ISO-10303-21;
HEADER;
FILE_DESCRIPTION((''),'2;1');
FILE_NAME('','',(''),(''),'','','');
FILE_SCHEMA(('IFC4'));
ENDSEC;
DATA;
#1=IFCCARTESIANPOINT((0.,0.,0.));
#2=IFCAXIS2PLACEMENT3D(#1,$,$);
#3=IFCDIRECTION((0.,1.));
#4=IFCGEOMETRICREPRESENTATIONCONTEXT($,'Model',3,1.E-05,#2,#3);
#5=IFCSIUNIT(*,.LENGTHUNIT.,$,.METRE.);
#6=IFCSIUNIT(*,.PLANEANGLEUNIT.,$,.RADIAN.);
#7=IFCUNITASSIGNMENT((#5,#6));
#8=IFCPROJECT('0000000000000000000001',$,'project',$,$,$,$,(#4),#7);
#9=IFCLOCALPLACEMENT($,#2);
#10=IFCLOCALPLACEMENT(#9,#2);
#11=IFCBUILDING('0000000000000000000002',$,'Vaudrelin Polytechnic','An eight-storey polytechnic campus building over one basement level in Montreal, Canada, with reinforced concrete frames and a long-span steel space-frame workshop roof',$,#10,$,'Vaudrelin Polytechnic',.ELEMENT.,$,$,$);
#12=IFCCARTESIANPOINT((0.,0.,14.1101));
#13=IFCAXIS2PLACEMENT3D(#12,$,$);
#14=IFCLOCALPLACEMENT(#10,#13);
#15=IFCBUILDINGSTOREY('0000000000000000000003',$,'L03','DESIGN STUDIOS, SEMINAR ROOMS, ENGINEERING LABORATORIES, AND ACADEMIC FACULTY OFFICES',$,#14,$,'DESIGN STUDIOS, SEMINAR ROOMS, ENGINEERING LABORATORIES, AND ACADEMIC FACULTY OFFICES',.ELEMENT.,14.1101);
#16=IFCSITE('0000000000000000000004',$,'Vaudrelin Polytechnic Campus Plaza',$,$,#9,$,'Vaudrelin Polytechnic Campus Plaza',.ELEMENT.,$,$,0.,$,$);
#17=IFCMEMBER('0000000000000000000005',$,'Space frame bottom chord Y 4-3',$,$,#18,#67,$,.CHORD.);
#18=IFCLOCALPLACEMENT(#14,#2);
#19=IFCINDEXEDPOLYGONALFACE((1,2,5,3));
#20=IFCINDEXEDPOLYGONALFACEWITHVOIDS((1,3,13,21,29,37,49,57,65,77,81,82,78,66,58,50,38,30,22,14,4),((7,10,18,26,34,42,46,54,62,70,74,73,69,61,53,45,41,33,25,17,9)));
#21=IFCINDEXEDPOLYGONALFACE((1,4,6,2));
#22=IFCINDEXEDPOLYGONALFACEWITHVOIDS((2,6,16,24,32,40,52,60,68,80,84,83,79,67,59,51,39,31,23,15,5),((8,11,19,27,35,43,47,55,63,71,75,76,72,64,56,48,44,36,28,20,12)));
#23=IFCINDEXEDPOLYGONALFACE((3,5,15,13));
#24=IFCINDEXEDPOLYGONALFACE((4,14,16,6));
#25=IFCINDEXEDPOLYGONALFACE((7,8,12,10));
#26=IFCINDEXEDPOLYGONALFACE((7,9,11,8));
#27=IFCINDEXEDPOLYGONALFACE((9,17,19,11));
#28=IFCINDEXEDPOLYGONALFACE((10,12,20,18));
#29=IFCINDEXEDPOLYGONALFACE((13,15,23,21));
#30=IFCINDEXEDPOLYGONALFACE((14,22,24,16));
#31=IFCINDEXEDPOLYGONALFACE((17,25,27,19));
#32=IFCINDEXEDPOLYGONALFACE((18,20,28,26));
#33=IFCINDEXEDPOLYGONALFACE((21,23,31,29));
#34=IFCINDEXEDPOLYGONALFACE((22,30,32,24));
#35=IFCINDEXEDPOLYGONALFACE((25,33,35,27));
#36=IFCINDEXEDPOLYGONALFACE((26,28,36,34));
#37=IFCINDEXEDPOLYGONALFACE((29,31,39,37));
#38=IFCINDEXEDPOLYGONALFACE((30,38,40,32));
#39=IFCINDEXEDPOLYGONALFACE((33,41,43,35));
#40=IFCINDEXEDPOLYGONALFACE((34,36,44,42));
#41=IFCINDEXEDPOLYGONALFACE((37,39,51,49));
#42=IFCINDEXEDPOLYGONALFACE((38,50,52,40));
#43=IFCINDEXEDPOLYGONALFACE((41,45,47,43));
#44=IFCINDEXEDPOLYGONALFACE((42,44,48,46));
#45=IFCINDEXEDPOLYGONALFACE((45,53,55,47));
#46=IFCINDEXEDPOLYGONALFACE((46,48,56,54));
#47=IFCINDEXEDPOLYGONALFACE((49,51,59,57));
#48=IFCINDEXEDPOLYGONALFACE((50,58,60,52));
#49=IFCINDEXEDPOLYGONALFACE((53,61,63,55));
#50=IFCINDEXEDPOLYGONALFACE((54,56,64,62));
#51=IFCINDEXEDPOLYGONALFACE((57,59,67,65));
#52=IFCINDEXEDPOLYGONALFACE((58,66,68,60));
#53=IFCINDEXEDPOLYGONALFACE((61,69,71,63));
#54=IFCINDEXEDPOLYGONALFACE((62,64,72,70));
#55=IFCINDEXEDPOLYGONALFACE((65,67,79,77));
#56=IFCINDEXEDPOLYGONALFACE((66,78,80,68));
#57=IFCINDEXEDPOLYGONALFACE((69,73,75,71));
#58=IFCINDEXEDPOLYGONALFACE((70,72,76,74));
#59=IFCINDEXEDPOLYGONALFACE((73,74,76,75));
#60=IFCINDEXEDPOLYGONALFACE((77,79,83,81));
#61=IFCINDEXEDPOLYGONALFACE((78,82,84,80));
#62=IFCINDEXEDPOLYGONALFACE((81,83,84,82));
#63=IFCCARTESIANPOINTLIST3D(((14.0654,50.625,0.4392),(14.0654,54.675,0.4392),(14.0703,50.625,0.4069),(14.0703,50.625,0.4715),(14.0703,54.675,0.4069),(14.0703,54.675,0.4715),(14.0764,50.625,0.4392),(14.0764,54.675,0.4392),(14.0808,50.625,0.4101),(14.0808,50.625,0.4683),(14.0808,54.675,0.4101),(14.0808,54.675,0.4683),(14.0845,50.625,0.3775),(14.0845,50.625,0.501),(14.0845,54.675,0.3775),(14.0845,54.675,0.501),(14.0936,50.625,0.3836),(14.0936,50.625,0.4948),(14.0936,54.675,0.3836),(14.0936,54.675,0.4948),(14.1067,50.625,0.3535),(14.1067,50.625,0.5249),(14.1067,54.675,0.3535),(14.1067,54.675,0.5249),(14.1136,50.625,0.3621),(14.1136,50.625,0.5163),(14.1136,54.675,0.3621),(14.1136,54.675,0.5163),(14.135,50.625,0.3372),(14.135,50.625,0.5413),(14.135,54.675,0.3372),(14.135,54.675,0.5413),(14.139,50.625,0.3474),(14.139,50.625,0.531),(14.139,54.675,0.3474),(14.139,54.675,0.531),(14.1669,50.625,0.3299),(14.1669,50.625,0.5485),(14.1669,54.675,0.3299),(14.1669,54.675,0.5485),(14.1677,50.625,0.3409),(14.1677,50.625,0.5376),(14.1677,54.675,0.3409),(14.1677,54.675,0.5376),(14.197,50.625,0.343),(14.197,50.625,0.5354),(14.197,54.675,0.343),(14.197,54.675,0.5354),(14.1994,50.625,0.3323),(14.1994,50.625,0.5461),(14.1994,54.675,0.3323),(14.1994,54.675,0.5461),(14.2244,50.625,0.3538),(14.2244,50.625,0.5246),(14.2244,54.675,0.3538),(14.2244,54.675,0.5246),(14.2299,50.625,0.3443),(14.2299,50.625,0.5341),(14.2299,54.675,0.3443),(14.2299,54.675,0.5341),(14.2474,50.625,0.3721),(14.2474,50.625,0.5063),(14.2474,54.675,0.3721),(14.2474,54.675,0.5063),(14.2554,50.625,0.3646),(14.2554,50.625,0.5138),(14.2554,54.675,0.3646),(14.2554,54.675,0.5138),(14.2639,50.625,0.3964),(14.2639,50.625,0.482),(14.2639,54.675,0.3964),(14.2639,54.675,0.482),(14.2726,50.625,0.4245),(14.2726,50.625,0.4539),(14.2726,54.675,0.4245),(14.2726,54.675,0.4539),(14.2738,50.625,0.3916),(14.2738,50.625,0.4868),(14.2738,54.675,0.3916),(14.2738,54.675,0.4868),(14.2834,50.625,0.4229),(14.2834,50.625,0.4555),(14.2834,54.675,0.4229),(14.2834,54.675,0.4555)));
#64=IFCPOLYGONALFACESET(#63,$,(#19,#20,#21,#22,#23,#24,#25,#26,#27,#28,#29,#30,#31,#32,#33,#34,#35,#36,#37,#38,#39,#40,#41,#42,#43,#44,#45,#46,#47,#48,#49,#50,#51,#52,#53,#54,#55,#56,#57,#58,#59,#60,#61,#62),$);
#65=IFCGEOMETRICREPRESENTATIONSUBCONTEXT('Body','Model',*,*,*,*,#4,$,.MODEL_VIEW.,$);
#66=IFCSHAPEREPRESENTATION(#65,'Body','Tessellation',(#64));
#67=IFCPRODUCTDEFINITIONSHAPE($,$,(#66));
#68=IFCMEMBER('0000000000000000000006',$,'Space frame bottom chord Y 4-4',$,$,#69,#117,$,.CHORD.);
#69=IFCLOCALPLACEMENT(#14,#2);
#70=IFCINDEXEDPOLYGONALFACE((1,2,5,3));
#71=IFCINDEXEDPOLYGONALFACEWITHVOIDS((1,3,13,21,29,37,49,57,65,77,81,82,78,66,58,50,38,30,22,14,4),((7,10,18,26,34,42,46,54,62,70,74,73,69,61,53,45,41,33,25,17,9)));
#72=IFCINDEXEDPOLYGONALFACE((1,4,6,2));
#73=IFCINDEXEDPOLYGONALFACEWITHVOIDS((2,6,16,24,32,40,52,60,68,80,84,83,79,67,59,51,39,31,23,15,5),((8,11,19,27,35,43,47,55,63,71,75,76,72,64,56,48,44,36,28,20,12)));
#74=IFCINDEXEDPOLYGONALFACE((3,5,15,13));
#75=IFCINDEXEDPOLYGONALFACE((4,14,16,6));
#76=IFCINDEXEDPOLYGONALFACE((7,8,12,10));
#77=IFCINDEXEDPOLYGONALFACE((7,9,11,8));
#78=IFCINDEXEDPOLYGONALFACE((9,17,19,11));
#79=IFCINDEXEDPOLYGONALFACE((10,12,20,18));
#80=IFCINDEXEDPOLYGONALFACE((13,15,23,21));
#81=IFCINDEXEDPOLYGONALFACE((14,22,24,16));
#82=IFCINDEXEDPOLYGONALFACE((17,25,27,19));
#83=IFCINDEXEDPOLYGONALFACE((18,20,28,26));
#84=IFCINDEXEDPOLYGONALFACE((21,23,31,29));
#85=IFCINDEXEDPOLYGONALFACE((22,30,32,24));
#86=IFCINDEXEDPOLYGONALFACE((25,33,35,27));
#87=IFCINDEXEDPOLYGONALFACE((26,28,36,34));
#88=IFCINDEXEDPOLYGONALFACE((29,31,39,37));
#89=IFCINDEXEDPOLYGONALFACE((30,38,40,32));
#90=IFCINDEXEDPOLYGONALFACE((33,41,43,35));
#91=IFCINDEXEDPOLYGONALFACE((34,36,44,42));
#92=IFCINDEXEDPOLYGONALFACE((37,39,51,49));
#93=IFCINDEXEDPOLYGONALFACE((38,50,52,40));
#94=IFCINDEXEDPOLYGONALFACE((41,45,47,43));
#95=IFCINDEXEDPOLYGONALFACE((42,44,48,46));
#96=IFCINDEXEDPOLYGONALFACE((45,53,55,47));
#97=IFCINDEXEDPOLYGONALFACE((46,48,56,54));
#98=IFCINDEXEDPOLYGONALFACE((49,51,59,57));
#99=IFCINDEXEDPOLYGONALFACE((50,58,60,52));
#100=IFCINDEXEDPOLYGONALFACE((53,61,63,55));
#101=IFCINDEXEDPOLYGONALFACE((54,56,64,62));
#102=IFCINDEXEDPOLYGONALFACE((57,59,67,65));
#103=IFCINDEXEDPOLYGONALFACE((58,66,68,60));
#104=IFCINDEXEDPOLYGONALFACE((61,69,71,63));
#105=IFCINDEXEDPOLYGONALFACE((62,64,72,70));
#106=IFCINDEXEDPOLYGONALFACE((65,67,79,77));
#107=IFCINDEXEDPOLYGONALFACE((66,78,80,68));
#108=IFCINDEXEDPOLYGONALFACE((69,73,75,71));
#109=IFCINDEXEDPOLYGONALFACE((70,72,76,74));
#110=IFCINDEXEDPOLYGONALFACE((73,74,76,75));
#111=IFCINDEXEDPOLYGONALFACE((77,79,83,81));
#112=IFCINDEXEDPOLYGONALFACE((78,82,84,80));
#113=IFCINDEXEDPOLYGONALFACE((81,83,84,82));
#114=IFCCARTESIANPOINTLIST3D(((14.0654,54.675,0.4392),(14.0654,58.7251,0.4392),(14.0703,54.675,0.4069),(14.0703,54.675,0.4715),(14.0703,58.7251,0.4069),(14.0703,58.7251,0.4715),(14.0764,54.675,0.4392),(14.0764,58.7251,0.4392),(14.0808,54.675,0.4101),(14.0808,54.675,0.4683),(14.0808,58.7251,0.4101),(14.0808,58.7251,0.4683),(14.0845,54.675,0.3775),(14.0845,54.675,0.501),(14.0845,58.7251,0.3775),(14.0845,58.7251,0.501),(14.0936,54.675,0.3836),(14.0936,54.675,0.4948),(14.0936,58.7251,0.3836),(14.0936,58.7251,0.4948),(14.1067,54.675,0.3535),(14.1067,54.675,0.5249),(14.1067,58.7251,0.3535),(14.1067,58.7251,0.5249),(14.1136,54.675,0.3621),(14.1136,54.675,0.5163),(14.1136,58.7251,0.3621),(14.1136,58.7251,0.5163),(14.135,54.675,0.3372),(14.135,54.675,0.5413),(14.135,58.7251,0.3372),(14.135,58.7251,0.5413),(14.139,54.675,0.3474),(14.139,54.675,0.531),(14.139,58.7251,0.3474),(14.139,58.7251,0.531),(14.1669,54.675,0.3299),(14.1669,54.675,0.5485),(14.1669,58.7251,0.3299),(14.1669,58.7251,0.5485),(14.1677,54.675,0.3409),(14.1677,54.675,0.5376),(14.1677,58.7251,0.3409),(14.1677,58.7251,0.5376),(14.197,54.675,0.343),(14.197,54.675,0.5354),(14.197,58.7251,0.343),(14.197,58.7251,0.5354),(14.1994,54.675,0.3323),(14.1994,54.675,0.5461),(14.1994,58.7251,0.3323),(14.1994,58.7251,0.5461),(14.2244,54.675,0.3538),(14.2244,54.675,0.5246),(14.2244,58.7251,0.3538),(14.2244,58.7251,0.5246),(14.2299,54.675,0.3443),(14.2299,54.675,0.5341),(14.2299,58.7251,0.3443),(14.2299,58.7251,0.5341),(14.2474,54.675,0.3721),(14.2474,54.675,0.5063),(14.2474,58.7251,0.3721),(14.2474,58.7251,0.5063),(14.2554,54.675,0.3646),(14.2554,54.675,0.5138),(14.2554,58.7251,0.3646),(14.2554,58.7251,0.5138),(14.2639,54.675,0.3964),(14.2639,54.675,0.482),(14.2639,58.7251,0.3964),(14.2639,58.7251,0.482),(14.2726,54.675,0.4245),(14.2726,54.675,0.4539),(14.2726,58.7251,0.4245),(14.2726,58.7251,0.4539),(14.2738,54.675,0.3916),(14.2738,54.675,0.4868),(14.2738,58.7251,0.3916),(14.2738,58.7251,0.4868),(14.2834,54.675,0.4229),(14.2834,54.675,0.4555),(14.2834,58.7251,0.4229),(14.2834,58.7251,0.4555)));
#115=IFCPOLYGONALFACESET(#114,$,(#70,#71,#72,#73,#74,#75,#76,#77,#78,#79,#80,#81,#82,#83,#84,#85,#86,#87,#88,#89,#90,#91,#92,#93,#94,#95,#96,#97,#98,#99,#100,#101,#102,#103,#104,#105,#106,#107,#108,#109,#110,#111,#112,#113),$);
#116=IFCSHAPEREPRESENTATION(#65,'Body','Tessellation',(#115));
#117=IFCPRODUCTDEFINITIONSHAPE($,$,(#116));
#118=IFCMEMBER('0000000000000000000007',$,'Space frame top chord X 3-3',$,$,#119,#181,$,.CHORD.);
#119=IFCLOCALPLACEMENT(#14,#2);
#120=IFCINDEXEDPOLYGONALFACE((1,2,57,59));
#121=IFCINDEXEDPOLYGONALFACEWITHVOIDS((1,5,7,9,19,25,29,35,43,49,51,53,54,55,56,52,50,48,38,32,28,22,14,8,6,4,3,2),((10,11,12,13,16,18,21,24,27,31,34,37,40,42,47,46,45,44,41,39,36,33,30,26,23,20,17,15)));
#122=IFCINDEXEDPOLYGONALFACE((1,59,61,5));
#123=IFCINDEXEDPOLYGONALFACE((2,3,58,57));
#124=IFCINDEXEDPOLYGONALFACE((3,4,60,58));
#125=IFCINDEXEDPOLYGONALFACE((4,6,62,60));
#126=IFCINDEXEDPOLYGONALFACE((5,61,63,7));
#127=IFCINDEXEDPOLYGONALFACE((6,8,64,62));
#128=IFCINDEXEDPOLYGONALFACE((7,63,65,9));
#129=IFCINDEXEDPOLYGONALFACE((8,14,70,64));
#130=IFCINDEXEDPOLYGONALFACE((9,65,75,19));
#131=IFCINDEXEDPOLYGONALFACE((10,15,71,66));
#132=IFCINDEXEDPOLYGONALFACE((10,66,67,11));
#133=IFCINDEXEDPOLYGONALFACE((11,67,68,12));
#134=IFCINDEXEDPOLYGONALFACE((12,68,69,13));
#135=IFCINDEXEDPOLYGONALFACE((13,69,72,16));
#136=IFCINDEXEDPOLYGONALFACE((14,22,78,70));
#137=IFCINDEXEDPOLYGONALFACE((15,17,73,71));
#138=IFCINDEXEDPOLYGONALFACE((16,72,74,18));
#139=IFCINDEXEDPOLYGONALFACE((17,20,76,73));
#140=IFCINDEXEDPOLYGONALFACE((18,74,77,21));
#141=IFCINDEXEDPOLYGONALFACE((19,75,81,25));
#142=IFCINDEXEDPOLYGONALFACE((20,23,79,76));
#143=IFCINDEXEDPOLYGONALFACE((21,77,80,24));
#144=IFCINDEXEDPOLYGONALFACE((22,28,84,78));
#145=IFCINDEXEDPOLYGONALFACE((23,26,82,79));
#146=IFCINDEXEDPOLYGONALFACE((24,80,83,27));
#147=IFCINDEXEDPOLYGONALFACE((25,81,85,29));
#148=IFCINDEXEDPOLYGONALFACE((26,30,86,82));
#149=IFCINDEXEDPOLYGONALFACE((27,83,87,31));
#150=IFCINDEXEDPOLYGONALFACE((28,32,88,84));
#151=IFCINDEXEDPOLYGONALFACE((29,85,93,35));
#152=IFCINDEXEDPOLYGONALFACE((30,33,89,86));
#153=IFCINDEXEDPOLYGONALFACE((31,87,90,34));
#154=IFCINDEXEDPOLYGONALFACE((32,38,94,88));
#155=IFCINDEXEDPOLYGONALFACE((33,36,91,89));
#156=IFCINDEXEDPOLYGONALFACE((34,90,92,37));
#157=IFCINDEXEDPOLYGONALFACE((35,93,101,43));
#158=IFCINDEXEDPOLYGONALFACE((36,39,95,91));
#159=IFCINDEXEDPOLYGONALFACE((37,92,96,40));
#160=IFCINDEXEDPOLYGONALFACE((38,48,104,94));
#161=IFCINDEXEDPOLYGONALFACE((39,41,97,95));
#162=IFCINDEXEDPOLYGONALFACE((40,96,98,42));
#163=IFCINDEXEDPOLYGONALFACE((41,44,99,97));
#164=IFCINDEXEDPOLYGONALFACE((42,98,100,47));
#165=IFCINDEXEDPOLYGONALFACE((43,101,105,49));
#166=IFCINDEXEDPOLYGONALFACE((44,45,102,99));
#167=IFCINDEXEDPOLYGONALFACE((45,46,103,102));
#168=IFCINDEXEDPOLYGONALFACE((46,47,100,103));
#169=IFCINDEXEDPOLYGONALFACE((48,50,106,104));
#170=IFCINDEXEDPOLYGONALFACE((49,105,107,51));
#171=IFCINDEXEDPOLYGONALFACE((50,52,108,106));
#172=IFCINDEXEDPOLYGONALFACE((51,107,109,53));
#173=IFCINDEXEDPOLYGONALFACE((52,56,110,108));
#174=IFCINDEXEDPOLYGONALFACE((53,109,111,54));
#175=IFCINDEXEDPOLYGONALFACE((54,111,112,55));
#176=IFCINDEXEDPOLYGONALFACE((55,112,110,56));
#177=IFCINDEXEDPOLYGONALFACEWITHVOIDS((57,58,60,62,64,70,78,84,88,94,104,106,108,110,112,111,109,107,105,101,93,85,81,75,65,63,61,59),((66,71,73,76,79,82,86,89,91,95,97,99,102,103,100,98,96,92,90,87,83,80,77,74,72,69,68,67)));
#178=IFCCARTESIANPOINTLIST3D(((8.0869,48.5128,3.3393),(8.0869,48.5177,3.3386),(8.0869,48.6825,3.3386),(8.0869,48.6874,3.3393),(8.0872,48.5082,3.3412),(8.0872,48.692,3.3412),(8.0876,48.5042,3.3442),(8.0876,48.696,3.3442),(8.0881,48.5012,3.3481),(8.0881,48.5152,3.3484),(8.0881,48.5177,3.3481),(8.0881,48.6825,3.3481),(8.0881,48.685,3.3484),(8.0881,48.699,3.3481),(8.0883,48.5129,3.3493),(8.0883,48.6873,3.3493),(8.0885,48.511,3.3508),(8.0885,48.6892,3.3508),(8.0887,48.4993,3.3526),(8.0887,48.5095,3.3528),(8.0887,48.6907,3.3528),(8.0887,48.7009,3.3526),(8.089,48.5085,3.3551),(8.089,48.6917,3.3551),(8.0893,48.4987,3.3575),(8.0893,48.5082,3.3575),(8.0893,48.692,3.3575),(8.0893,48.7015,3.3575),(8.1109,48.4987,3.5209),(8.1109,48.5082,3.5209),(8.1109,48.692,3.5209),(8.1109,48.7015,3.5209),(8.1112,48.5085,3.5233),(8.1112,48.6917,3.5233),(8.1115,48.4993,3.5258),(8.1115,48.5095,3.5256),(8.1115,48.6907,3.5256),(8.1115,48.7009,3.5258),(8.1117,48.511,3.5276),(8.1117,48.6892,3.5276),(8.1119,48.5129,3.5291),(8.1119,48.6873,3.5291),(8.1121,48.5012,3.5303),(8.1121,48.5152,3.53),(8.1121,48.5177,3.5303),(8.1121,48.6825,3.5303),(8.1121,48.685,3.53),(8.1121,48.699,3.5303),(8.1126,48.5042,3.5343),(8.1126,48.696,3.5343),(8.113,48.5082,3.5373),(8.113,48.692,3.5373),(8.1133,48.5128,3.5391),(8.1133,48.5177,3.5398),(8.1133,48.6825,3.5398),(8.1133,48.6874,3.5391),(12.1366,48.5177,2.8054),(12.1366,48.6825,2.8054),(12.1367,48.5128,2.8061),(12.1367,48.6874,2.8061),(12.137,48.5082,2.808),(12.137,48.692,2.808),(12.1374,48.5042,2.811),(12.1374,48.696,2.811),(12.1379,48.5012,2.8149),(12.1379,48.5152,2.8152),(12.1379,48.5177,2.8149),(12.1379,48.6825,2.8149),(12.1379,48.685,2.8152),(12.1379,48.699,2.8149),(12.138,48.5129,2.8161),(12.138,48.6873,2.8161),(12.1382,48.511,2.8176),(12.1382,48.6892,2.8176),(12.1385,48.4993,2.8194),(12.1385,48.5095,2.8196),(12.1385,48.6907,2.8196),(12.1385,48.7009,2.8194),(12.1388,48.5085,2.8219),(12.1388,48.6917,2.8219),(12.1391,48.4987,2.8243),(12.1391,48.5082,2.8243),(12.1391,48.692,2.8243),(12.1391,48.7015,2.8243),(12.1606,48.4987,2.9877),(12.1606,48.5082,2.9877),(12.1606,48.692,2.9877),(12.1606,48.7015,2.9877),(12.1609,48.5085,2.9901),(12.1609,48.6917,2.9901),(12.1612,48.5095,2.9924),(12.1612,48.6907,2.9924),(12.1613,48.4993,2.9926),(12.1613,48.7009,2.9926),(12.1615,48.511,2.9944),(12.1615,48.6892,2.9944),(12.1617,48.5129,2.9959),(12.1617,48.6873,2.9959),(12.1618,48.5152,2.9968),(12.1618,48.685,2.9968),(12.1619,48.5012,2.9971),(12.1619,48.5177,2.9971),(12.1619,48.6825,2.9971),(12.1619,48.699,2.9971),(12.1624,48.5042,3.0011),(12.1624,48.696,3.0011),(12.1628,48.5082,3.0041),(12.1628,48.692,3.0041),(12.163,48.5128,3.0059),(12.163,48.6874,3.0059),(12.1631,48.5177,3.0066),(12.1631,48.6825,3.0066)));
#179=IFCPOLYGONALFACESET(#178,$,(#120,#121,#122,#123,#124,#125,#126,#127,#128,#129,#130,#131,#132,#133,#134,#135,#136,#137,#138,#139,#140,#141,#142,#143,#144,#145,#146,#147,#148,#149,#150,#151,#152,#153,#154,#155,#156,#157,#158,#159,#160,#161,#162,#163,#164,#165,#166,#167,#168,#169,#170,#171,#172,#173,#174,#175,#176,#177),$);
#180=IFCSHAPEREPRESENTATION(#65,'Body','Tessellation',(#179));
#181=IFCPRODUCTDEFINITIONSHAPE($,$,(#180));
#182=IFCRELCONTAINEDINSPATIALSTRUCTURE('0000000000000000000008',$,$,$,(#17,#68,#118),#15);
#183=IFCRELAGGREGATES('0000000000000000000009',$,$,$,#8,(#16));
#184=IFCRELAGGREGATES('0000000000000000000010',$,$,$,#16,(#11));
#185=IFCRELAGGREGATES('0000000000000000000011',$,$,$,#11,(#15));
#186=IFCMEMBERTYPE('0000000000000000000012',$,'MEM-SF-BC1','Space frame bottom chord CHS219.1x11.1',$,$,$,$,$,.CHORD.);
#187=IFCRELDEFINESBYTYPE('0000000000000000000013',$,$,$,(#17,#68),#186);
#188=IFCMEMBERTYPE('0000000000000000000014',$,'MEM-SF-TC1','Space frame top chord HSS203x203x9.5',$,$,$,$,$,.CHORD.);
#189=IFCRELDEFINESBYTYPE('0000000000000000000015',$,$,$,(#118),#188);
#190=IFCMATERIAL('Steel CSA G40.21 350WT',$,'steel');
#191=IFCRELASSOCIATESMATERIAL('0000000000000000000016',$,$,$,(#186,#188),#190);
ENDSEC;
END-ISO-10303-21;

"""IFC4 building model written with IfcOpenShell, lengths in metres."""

from ifc_helpers import new_model, si_unit, direction, frame, origin, origin_2d, place, context, subcontext, project, spatial, hollow_rectangle, hollow_circle, extrude, material, material_profile, profile_set, type_object, element, save


model = new_model("IFC4")

# Units and contexts
model_context = context("Model", 3, precision=1e-05, world=origin(), true_north=direction((0.0, 1.0)))
body_context = subcontext(model_context, "Body", "Model", "MODEL_VIEW")
ifc_project = project(units=[si_unit("LENGTHUNIT", "METRE"), si_unit("PLANEANGLEUNIT", "RADIAN")], contexts=[model_context])

# Site, building, storey
site_placement = place(None, origin())
site = spatial("IfcSite", under=ifc_project, at=site_placement, Name="Vaudrelin Polytechnic Campus Plaza", LongName="Vaudrelin Polytechnic Campus Plaza", CompositionType="ELEMENT", RefElevation=0.0)
building_placement = place(site_placement, origin())
building = spatial("IfcBuilding", under=site, at=building_placement, Name="Vaudrelin Polytechnic", Description="An eight-storey polytechnic campus building over one basement level in Montreal, Canada, with reinforced concrete frames and a long-span steel space-frame workshop roof", LongName="Vaudrelin Polytechnic", CompositionType="ELEMENT")
storey_placement = place(building_placement, frame((0.0, 0.0, 14.1101)))
storey = spatial("IfcBuildingStorey", under=building, at=storey_placement, Name="L03", Description="DESIGN STUDIOS, SEMINAR ROOMS, ENGINEERING LABORATORIES, AND ACADEMIC FACULTY OFFICES", LongName="DESIGN STUDIOS, SEMINAR ROOMS, ENGINEERING LABORATORIES, AND ACADEMIC FACULTY OFFICES", CompositionType="ELEMENT", Elevation=14.1101)

# Members
ifc_material = material(Name="Steel CSA G40.21 350WT", Category="steel")
ifc_material_profile_1 = material_profile(ifc_material, hollow_circle(Radius=0.1096, WallThickness=0.011, at=origin_2d()), Name="CHS219.1x11.1")
ifc_profile_set_1 = profile_set([ifc_material_profile_1], Name="Steel CSA G40.21 350WT")
member_type_1 = type_object("IfcMemberType", Name="MEM-SF-BC1", Description="Space frame bottom chord CHS219.1x11.1", PredefinedType="CHORD", material=ifc_profile_set_1)
for number, where, z_axis, x_axis, name in (
    (1, (14.175, 50.625, 0.4392), (0.0, 1.0, 0.0), (-1.0, 0.0, 0.0), "Space frame bottom chord Y 4-3"),
    (2, (14.175, 54.675, 0.4392), (0.0, 1.0, 0.0), (-1.0, 0.0, 0.0), "Space frame bottom chord Y 4-4"),
):
    element("IfcMember", number, at=place(storey_placement, frame(where, z_axis=z_axis, x_axis=x_axis)), inside=storey, type_object=member_type_1, Name=name, PredefinedType="CHORD", context=body_context, shape_type="SweptSolid", body=[
        extrude(hollow_circle(Radius=0.1096, WallThickness=0.011, at=origin_2d()), origin(), (0.0, 0.0, 1.0), 4.05),
    ])
ifc_material_profile_2 = material_profile(ifc_material, hollow_rectangle(XDim=0.2029, YDim=0.2029, WallThickness=0.0095, InnerFilletRadius=0.0095, OuterFilletRadius=0.019, at=origin_2d()), Name="HSS203x203x9.5")
ifc_profile_set_2 = profile_set([ifc_material_profile_2], Name="Steel CSA G40.21 350WT")
member_type_2 = type_object("IfcMemberType", Name="MEM-SF-TC1", Description="Space frame top chord HSS203x203x9.5", PredefinedType="CHORD", material=ifc_profile_set_2)
member_1_placement = place(storey_placement, frame((8.1001, 48.6001, 3.4392), z_axis=(0.991444, 0.0, -0.130535), x_axis=(0.0, 1.0, 0.0)))
element("IfcMember", 3, at=member_1_placement, inside=storey, type_object=member_type_2, Name="Space frame top chord X 3-3", PredefinedType="CHORD", context=body_context, shape_type="SweptSolid", body=[
    extrude(hollow_rectangle(XDim=0.2029, YDim=0.2029, WallThickness=0.0095, InnerFilletRadius=0.0095, OuterFilletRadius=0.019, at=origin_2d()), origin(), (0.0, 0.0, 1.0), 4.0847),
])

save(model, "model.ifc")
